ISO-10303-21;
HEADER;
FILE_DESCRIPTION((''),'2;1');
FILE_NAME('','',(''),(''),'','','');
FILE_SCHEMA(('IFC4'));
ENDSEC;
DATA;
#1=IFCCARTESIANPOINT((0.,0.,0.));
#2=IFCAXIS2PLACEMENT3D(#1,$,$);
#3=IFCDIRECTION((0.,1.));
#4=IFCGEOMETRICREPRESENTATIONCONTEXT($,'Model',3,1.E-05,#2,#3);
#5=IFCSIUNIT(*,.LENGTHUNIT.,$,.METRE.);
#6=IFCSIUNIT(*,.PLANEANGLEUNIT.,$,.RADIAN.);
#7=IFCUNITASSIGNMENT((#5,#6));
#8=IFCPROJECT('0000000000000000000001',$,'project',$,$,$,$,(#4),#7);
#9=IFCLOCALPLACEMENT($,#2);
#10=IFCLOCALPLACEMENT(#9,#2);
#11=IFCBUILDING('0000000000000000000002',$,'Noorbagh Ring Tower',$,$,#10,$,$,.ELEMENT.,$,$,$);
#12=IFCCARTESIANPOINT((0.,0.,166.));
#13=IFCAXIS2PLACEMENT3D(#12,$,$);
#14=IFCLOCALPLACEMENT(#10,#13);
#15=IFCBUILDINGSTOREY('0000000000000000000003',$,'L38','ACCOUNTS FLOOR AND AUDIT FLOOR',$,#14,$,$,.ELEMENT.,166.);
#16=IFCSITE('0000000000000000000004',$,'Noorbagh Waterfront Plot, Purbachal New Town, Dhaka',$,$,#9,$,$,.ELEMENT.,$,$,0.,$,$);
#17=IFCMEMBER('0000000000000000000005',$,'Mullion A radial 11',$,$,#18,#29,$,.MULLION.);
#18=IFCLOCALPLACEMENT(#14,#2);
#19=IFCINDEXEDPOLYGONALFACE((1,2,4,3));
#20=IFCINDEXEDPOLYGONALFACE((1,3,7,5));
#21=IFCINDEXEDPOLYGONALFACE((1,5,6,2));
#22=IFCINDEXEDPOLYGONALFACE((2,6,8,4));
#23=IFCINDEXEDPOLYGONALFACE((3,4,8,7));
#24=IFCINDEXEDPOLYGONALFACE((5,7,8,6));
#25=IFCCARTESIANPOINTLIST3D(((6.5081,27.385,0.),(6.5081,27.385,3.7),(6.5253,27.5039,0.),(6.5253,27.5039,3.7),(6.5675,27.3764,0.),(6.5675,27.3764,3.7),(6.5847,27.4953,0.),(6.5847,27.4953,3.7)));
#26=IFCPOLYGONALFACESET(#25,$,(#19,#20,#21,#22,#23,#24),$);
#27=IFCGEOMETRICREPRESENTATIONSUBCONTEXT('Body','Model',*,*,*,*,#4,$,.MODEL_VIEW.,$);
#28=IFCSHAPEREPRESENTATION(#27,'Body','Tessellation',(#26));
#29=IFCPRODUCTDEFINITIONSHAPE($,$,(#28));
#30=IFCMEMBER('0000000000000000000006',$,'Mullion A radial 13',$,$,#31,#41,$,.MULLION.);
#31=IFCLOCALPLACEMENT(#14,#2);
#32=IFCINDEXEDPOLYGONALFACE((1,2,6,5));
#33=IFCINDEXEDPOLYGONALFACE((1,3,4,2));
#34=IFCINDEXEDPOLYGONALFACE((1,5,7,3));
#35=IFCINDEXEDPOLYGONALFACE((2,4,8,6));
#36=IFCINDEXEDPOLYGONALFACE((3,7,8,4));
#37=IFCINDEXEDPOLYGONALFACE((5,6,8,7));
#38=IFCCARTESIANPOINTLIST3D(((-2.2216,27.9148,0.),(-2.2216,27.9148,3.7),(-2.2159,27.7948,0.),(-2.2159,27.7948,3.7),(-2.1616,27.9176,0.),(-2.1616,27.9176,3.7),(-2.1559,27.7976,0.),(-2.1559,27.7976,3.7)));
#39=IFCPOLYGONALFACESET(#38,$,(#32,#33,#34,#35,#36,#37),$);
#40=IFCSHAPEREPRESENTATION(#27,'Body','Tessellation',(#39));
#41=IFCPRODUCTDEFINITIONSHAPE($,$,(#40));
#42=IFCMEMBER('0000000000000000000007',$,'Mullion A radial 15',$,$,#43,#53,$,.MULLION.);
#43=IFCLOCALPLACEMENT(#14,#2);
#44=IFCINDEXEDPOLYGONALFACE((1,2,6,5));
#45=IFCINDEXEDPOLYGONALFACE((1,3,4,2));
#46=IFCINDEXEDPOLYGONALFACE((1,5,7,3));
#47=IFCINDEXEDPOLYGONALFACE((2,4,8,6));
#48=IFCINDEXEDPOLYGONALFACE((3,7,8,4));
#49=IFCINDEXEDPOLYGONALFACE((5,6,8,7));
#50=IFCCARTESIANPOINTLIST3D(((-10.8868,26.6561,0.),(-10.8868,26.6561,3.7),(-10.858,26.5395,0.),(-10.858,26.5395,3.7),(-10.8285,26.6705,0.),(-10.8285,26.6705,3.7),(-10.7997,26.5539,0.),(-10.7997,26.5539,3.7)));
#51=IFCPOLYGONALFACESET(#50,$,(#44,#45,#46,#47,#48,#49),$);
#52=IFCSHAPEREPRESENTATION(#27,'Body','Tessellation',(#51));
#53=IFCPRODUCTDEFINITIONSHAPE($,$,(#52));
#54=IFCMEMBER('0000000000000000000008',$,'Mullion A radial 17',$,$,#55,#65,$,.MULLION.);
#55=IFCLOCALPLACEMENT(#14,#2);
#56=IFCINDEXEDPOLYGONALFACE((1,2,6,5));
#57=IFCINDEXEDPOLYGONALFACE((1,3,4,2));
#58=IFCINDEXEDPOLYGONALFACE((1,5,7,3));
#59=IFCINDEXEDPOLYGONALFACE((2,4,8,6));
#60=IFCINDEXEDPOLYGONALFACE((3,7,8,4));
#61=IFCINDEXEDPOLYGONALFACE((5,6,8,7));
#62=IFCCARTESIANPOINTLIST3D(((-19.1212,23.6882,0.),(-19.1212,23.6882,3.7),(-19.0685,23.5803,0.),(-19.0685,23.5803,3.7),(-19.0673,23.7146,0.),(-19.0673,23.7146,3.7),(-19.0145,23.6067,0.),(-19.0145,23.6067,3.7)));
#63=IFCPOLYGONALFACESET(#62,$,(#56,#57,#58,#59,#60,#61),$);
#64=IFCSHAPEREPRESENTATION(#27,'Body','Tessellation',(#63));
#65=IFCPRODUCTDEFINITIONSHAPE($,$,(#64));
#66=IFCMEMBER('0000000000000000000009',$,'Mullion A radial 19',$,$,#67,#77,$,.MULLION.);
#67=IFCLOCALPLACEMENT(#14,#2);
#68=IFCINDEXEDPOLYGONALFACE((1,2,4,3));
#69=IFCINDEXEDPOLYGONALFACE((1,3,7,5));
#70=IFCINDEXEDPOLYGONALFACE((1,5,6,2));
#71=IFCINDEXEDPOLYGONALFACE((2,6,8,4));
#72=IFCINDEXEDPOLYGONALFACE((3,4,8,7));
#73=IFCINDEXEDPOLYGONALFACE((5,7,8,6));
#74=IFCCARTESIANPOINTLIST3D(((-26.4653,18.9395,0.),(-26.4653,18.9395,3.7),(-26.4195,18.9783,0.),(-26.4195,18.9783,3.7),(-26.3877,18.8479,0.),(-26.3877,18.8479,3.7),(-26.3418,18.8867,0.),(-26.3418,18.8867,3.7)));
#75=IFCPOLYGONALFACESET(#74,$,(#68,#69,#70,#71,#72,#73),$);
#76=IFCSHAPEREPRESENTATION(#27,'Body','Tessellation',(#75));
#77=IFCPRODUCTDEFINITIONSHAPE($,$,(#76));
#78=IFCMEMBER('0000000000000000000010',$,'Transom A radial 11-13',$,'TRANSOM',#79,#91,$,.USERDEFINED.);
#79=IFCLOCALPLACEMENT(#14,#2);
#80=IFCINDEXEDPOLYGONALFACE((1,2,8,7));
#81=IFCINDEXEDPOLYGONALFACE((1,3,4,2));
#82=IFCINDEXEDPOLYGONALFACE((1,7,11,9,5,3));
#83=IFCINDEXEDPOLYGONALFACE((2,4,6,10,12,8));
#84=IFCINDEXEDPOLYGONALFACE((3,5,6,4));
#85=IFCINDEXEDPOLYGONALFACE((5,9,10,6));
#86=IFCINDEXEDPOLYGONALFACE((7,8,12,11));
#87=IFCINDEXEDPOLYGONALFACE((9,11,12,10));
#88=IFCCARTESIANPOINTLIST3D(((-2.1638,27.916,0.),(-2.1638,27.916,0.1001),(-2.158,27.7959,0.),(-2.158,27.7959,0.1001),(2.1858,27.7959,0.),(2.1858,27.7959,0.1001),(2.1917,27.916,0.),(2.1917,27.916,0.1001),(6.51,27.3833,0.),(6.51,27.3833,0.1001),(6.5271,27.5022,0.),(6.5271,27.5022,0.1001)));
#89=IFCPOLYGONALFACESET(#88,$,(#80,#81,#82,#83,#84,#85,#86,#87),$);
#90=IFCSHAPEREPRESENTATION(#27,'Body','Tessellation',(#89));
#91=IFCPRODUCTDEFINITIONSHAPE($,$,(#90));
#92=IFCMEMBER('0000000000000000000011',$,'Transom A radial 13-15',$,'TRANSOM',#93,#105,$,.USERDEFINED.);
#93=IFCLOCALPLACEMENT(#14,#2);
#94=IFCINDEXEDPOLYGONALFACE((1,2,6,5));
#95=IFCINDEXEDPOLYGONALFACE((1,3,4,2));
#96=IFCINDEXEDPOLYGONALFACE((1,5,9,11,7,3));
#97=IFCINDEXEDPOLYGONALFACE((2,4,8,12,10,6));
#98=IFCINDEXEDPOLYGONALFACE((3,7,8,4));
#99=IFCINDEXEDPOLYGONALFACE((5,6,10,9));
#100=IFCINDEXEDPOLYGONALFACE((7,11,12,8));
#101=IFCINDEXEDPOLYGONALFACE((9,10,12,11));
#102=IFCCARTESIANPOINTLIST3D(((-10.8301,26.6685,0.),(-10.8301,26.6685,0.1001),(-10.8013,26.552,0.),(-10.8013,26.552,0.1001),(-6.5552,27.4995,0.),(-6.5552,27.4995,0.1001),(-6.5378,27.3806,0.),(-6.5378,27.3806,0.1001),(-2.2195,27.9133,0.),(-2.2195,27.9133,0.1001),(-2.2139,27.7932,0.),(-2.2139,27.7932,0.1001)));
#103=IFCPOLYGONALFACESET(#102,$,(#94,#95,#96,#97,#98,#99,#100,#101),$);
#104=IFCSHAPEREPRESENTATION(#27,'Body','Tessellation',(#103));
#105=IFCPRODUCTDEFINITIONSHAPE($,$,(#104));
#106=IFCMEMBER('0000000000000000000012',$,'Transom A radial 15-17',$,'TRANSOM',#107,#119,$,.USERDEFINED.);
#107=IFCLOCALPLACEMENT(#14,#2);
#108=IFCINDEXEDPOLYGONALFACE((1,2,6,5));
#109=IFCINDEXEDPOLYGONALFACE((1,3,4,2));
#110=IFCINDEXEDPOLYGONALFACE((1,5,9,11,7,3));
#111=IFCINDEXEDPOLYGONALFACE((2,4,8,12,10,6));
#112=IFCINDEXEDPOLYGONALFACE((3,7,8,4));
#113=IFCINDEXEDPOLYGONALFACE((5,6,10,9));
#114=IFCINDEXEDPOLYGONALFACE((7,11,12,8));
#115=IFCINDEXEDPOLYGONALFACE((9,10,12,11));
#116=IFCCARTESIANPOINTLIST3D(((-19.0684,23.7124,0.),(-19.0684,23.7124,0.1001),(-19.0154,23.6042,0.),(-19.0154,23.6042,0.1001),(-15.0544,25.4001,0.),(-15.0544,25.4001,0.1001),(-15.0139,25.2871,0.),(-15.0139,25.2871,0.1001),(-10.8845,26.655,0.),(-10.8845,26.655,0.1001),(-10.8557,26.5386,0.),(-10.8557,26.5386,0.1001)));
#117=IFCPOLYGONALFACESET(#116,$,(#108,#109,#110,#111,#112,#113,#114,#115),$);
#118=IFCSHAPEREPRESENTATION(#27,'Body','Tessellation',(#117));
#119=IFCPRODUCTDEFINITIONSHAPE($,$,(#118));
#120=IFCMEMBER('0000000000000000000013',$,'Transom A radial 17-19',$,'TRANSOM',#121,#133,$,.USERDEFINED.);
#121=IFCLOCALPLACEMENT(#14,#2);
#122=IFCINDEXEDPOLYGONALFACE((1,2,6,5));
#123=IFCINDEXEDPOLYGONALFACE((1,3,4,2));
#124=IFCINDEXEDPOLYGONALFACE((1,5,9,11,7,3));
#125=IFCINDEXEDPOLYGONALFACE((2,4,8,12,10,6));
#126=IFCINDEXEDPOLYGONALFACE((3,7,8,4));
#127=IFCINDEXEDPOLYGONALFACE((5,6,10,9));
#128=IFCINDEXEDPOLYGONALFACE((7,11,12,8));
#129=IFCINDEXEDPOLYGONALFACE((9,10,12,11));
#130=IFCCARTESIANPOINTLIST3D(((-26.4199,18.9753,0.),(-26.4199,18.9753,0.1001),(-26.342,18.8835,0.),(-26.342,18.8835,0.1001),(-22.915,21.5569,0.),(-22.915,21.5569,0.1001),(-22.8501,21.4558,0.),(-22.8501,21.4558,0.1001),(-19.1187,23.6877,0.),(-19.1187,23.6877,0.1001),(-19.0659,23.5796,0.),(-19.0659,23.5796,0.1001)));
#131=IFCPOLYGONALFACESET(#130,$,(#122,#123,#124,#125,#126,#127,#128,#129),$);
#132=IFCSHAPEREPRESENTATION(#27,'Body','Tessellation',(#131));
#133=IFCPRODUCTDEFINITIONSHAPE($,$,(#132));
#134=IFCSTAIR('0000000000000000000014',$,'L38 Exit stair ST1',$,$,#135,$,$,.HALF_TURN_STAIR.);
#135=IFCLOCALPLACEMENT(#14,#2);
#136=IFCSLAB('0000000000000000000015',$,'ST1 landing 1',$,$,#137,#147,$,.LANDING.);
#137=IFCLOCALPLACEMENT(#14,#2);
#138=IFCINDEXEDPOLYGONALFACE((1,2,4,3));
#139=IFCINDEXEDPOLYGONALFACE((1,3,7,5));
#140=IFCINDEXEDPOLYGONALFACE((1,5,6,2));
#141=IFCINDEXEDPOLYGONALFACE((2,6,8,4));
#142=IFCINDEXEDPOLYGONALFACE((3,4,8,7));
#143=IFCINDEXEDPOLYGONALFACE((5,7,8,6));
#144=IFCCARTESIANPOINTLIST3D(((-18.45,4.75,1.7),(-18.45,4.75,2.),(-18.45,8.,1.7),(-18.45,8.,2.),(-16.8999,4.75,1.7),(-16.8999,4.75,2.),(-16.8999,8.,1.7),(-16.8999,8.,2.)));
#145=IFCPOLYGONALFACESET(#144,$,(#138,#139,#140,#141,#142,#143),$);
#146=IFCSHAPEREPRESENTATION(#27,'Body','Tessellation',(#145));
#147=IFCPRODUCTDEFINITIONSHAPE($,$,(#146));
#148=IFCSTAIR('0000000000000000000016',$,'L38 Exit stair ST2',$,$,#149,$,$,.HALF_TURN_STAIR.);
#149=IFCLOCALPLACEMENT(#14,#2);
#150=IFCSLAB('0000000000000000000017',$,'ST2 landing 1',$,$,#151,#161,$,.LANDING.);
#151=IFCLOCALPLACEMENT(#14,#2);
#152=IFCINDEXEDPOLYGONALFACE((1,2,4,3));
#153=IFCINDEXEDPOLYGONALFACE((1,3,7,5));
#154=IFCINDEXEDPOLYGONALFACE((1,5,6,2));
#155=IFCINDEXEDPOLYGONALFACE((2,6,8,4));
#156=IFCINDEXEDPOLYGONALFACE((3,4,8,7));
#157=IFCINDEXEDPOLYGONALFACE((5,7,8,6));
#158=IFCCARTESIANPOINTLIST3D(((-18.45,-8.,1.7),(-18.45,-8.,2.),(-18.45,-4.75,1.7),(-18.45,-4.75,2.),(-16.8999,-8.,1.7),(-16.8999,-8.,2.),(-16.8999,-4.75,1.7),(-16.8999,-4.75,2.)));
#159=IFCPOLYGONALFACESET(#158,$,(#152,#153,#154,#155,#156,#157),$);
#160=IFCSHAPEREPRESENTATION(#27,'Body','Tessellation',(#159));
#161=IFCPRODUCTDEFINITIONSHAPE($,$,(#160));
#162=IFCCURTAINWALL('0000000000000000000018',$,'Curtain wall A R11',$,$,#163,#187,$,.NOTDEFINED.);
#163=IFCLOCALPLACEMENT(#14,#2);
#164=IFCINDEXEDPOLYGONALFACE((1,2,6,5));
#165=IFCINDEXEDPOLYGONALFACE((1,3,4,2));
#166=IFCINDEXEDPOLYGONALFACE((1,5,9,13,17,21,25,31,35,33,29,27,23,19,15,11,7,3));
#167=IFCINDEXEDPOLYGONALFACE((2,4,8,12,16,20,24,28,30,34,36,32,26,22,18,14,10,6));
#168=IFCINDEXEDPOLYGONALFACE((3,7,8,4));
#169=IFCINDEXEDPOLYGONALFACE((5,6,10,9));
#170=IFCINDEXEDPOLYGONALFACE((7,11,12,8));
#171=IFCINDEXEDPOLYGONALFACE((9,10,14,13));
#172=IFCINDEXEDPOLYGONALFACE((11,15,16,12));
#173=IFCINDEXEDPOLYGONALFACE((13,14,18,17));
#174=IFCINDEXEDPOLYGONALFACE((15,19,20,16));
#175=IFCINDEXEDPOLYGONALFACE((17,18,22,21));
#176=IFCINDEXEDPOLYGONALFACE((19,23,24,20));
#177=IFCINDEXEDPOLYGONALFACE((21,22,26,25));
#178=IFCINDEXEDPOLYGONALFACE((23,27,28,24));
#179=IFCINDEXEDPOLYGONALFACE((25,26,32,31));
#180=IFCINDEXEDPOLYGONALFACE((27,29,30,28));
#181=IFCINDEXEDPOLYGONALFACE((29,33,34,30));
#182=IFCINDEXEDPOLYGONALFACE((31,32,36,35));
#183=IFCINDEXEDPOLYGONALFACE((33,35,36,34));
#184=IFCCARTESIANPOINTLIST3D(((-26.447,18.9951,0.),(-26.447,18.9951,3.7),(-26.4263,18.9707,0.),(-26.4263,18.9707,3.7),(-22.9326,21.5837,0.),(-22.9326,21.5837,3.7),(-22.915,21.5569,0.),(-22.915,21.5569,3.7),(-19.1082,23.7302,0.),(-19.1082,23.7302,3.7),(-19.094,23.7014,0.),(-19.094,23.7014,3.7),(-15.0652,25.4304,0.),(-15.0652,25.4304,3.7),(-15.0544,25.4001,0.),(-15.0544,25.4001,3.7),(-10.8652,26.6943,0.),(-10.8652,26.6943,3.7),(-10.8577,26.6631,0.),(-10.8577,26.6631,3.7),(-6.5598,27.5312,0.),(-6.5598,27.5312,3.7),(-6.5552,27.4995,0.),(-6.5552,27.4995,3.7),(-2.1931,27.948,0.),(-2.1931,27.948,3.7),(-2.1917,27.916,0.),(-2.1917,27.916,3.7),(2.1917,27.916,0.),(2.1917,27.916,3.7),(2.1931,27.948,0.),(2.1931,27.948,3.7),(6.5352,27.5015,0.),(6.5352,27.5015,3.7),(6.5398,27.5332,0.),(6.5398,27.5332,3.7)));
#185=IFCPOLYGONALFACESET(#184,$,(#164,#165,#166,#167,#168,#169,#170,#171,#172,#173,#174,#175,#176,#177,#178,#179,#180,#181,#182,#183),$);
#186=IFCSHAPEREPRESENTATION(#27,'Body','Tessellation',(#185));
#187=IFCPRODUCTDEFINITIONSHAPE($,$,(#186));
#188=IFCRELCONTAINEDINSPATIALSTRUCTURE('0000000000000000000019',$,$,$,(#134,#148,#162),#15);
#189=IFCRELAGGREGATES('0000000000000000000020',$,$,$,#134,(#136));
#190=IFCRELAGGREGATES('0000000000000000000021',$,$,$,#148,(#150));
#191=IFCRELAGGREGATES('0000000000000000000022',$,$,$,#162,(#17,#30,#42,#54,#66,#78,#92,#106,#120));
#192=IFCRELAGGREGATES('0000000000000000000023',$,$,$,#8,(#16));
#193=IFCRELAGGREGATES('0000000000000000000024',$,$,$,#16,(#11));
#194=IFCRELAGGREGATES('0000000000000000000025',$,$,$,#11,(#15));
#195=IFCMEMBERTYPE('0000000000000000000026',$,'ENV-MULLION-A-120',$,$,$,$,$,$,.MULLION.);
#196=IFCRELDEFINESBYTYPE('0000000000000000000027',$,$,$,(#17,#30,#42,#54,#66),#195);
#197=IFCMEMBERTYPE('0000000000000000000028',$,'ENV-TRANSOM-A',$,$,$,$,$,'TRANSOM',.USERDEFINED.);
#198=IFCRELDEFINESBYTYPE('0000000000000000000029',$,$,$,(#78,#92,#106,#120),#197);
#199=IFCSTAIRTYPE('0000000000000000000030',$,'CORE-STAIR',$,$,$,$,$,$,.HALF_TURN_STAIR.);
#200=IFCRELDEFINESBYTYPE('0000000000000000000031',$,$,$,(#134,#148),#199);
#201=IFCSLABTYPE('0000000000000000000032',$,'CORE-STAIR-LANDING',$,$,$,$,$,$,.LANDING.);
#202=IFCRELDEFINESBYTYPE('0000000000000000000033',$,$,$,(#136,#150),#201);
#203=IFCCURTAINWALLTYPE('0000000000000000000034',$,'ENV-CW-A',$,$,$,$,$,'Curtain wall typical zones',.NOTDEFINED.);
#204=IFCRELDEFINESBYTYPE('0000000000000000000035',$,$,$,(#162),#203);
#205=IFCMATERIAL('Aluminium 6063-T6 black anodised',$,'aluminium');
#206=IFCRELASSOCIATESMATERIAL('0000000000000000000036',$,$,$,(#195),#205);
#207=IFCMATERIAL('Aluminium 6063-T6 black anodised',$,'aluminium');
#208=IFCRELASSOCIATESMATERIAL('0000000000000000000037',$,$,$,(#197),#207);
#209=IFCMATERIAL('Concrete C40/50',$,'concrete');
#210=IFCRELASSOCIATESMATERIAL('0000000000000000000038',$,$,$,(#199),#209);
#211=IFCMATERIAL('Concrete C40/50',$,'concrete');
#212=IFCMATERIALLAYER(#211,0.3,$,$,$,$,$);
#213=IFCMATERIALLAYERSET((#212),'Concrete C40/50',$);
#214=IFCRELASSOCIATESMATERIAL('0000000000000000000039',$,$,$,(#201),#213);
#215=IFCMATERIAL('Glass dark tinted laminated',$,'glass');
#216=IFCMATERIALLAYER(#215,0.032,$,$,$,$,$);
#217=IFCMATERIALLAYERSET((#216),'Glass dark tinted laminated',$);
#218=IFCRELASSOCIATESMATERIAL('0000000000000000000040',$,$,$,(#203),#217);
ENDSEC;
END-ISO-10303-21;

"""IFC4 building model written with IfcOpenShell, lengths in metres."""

from ifc_helpers import new_model, si_unit, direction, frame, origin, origin_2d, place, context, subcontext, project, spatial, polyline, rectangle, outline, extrude, material, layer, layer_set, material_profile, profile_set, type_object, element, aggregate, save


model = new_model("IFC4")

# Units and contexts
model_context = context("Model", 3, precision=1e-05, world=origin(), true_north=direction((0.0, 1.0)))
body_context = subcontext(model_context, "Body", "Model", "MODEL_VIEW")
ifc_project = project(units=[si_unit("LENGTHUNIT", "METRE"), si_unit("PLANEANGLEUNIT", "RADIAN")], contexts=[model_context])

# Members
ifc_material_1 = material(Name="Aluminium 6063-T6 black anodised", Category="aluminium")
ifc_material_profile = material_profile(ifc_material_1, rectangle(XDim=0.1201, YDim=0.0601, at=origin_2d()), Name="120x60")
ifc_profile_set = profile_set([ifc_material_profile], Name="Aluminium 6063-T6 black anodised")
member_type_1 = type_object("IfcMemberType", Name="ENV-MULLION-A-120", PredefinedType="MULLION", material=ifc_profile_set)
site_placement = place(None, origin())
building_placement = place(site_placement, origin())
storey_placement = place(building_placement, frame((0.0, 0.0, 166.0)))
member_1_placement = place(storey_placement, frame((6.5464, 27.4402, 0.0), z_axis=(0.0, 0.0, 1.0), x_axis=(-0.143082, -0.989711, 0.0)))
member_1 = element("IfcMember", 1, at=member_1_placement, type_object=member_type_1, Name="Mullion A radial 11", PredefinedType="MULLION", context=body_context, shape_type="SweptSolid", body=[
    extrude(rectangle(XDim=0.1201, YDim=0.0601, at=origin_2d()), origin(), (0.0, 0.0, 1.0), 3.7),
])
member_2_placement = place(storey_placement, frame((-2.1887, 27.8562, 0.0), z_axis=(0.0, 0.0, 1.0), x_axis=(0.047558, -0.998868, 0.0)))
member_2 = element("IfcMember", 2, at=member_2_placement, type_object=member_type_1, Name="Mullion A radial 13", PredefinedType="MULLION", context=body_context, shape_type="SweptSolid", body=[
    extrude(rectangle(XDim=0.1201, YDim=0.0601, at=origin_2d()), origin(), (0.0, 0.0, 1.0), 3.7),
])
member_3_placement = place(storey_placement, frame((-10.8433, 26.605, 0.0), z_axis=(0.0, 0.0, 1.0), x_axis=(0.239799, -0.970823, 0.0)))
member_3 = element("IfcMember", 3, at=member_3_placement, type_object=member_type_1, Name="Mullion A radial 15", PredefinedType="MULLION", context=body_context, shape_type="SweptSolid", body=[
    extrude(rectangle(XDim=0.1201, YDim=0.0601, at=origin_2d()), origin(), (0.0, 0.0, 1.0), 3.7),
])
member_4_placement = place(storey_placement, frame((-19.0679, 23.6475, 0.0), z_axis=(0.0, 0.0, 1.0), x_axis=(0.439238, -0.898371, 0.0)))
member_4 = element("IfcMember", 4, at=member_4_placement, type_object=member_type_1, Name="Mullion A radial 17", PredefinedType="MULLION", context=body_context, shape_type="SweptSolid", body=[
    extrude(rectangle(XDim=0.1201, YDim=0.0601, at=origin_2d()), origin(), (0.0, 0.0, 1.0), 3.7),
])
member_5_placement = place(storey_placement, frame((-26.4036, 18.9131, 0.0), z_axis=(0.0, 0.0, 1.0), x_axis=(0.646451, -0.762955, 0.0)))
member_5 = element("IfcMember", 5, at=member_5_placement, type_object=member_type_1, Name="Mullion A radial 19", PredefinedType="MULLION", context=body_context, shape_type="SweptSolid", body=[
    extrude(rectangle(XDim=0.1201, YDim=0.0601, at=origin_2d()), origin(), (0.0, 0.0, 1.0), 3.7),
])
ifc_material_2 = material(Name="Aluminium 6063-T6 black anodised", Category="aluminium")
member_type_2 = type_object("IfcMemberType", Name="ENV-TRANSOM-A", ElementType="TRANSOM", PredefinedType="USERDEFINED", material=ifc_material_2)
member_6_placement = place(storey_placement, origin())
member_6 = element("IfcMember", 6, at=member_6_placement, type_object=member_type_2, Name="Transom A radial 11-13", ObjectType="TRANSOM", PredefinedType="USERDEFINED", context=body_context, shape_type="SweptSolid", body=[
    extrude(outline(polyline([(6.5271, 27.5022), (2.1917, 27.916), (-2.1638, 27.916), (-2.158, 27.7959), (2.1858, 27.7959), (6.51, 27.3833), (6.5271, 27.5022)])), origin(), (0.0, 0.0, 1.0), 0.1001),
])
member_7_placement = place(storey_placement, origin())
member_7 = element("IfcMember", 7, at=member_7_placement, type_object=member_type_2, Name="Transom A radial 13-15", ObjectType="TRANSOM", PredefinedType="USERDEFINED", context=body_context, shape_type="SweptSolid", body=[
    extrude(outline(polyline([(-2.2195, 27.9133), (-6.5552, 27.4995), (-10.8301, 26.6685), (-10.8013, 26.552), (-6.5378, 27.3806), (-2.2139, 27.7932), (-2.2195, 27.9133)])), origin(), (0.0, 0.0, 1.0), 0.1001),
])
member_8_placement = place(storey_placement, origin())
member_8 = element("IfcMember", 8, at=member_8_placement, type_object=member_type_2, Name="Transom A radial 15-17", ObjectType="TRANSOM", PredefinedType="USERDEFINED", context=body_context, shape_type="SweptSolid", body=[
    extrude(outline(polyline([(-10.8845, 26.655), (-15.0544, 25.4001), (-19.0684, 23.7124), (-19.0154, 23.6042), (-15.0139, 25.2871), (-10.8557, 26.5386), (-10.8845, 26.655)])), origin(), (0.0, 0.0, 1.0), 0.1001),
])
member_9_placement = place(storey_placement, origin())
member_9 = element("IfcMember", 9, at=member_9_placement, type_object=member_type_2, Name="Transom A radial 17-19", ObjectType="TRANSOM", PredefinedType="USERDEFINED", context=body_context, shape_type="SweptSolid", body=[
    extrude(outline(polyline([(-19.1187, 23.6877), (-22.915, 21.5569), (-26.4199, 18.9753), (-26.342, 18.8835), (-22.8501, 21.4558), (-19.0659, 23.5796), (-19.1187, 23.6877)])), origin(), (0.0, 0.0, 1.0), 0.1001),
])

# Site, building, storey
site = spatial("IfcSite", under=ifc_project, at=site_placement, Name="Noorbagh Waterfront Plot, Purbachal New Town, Dhaka", CompositionType="ELEMENT", RefElevation=0.0)
building = spatial("IfcBuilding", under=site, at=building_placement, Name="Noorbagh Ring Tower", CompositionType="ELEMENT")
storey = spatial("IfcBuildingStorey", under=building, at=storey_placement, Name="L38", Description="ACCOUNTS FLOOR AND AUDIT FLOOR", CompositionType="ELEMENT", Elevation=166.0)

# Stairs, slabs
ifc_material_3 = material(Name="Concrete C40/50", Category="concrete")
stair_type = type_object("IfcStairType", Name="CORE-STAIR", PredefinedType="HALF_TURN_STAIR", material=ifc_material_3)
stair_1_placement = place(storey_placement, origin())
stair_1 = element("IfcStair", 10, at=stair_1_placement, inside=storey, type_object=stair_type, Name="L38 Exit stair ST1", PredefinedType="HALF_TURN_STAIR")
ifc_material_4 = material(Name="Concrete C40/50", Category="concrete")
ifc_layer_1 = layer(ifc_material_4, 0.3)
ifc_layer_set_1 = layer_set([ifc_layer_1], Name="Concrete C40/50")
slab_type = type_object("IfcSlabType", Name="CORE-STAIR-LANDING", PredefinedType="LANDING", material=ifc_layer_set_1)
slab_1_placement = place(storey_placement, frame((0.0, 0.0, 1.7)))
slab_1 = element("IfcSlab", 11, at=slab_1_placement, type_object=slab_type, Name="ST1 landing 1", PredefinedType="LANDING", context=body_context, shape_type="SweptSolid", body=[
    extrude(outline(polyline([(-18.45, 4.75), (-16.8999, 4.75), (-16.8999, 8.0), (-18.45, 8.0), (-18.45, 4.75)])), origin(), (0.0, 0.0, 1.0), 0.3),
])
aggregate(stair_1, [slab_1])
stair_2_placement = place(storey_placement, origin())
stair_2 = element("IfcStair", 12, at=stair_2_placement, inside=storey, type_object=stair_type, Name="L38 Exit stair ST2", PredefinedType="HALF_TURN_STAIR")
slab_2_placement = place(storey_placement, frame((0.0, 0.0, 1.7)))
slab_2 = element("IfcSlab", 13, at=slab_2_placement, type_object=slab_type, Name="ST2 landing 1", PredefinedType="LANDING", context=body_context, shape_type="SweptSolid", body=[
    extrude(outline(polyline([(-18.45, -8.0), (-16.8999, -8.0), (-16.8999, -4.75), (-18.45, -4.75), (-18.45, -8.0)])), origin(), (0.0, 0.0, 1.0), 0.3),
])
aggregate(stair_2, [slab_2])

# Curtain wall
ifc_material_5 = material(Name="Glass dark tinted laminated", Category="glass")
ifc_layer_2 = layer(ifc_material_5, 0.032)
ifc_layer_set_2 = layer_set([ifc_layer_2], Name="Glass dark tinted laminated")
curtain_wall_type = type_object("IfcCurtainWallType", Name="ENV-CW-A", ElementType="Curtain wall typical zones", PredefinedType="NOTDEFINED", material=ifc_layer_set_2)
curtain_wall_placement = place(storey_placement, origin())
curtain_wall = element("IfcCurtainWall", 14, at=curtain_wall_placement, inside=storey, type_object=curtain_wall_type, Name="Curtain wall A R11", PredefinedType="NOTDEFINED", context=body_context, shape_type="SweptSolid", body=[
    extrude(outline(polyline([(6.5398, 27.5332), (2.1931, 27.948), (-2.1931, 27.948), (-6.5598, 27.5312), (-10.8652, 26.6943), (-15.0652, 25.4304), (-19.1082, 23.7302), (-22.9326, 21.5837), (-26.447, 18.9951), (-26.4263, 18.9707), (-22.915, 21.5569), (-19.094, 23.7014), (-15.0544, 25.4001), (-10.8577, 26.6631), (-6.5552, 27.4995), (-2.1917, 27.916), (2.1917, 27.916), (6.5352, 27.5015), (6.5398, 27.5332)])), origin(), (0.0, 0.0, 1.0), 3.7),
])
aggregate(curtain_wall, [member_1, member_2, member_3, member_4, member_5, member_6, member_7, member_8, member_9])

save(model, "model.ifc")
